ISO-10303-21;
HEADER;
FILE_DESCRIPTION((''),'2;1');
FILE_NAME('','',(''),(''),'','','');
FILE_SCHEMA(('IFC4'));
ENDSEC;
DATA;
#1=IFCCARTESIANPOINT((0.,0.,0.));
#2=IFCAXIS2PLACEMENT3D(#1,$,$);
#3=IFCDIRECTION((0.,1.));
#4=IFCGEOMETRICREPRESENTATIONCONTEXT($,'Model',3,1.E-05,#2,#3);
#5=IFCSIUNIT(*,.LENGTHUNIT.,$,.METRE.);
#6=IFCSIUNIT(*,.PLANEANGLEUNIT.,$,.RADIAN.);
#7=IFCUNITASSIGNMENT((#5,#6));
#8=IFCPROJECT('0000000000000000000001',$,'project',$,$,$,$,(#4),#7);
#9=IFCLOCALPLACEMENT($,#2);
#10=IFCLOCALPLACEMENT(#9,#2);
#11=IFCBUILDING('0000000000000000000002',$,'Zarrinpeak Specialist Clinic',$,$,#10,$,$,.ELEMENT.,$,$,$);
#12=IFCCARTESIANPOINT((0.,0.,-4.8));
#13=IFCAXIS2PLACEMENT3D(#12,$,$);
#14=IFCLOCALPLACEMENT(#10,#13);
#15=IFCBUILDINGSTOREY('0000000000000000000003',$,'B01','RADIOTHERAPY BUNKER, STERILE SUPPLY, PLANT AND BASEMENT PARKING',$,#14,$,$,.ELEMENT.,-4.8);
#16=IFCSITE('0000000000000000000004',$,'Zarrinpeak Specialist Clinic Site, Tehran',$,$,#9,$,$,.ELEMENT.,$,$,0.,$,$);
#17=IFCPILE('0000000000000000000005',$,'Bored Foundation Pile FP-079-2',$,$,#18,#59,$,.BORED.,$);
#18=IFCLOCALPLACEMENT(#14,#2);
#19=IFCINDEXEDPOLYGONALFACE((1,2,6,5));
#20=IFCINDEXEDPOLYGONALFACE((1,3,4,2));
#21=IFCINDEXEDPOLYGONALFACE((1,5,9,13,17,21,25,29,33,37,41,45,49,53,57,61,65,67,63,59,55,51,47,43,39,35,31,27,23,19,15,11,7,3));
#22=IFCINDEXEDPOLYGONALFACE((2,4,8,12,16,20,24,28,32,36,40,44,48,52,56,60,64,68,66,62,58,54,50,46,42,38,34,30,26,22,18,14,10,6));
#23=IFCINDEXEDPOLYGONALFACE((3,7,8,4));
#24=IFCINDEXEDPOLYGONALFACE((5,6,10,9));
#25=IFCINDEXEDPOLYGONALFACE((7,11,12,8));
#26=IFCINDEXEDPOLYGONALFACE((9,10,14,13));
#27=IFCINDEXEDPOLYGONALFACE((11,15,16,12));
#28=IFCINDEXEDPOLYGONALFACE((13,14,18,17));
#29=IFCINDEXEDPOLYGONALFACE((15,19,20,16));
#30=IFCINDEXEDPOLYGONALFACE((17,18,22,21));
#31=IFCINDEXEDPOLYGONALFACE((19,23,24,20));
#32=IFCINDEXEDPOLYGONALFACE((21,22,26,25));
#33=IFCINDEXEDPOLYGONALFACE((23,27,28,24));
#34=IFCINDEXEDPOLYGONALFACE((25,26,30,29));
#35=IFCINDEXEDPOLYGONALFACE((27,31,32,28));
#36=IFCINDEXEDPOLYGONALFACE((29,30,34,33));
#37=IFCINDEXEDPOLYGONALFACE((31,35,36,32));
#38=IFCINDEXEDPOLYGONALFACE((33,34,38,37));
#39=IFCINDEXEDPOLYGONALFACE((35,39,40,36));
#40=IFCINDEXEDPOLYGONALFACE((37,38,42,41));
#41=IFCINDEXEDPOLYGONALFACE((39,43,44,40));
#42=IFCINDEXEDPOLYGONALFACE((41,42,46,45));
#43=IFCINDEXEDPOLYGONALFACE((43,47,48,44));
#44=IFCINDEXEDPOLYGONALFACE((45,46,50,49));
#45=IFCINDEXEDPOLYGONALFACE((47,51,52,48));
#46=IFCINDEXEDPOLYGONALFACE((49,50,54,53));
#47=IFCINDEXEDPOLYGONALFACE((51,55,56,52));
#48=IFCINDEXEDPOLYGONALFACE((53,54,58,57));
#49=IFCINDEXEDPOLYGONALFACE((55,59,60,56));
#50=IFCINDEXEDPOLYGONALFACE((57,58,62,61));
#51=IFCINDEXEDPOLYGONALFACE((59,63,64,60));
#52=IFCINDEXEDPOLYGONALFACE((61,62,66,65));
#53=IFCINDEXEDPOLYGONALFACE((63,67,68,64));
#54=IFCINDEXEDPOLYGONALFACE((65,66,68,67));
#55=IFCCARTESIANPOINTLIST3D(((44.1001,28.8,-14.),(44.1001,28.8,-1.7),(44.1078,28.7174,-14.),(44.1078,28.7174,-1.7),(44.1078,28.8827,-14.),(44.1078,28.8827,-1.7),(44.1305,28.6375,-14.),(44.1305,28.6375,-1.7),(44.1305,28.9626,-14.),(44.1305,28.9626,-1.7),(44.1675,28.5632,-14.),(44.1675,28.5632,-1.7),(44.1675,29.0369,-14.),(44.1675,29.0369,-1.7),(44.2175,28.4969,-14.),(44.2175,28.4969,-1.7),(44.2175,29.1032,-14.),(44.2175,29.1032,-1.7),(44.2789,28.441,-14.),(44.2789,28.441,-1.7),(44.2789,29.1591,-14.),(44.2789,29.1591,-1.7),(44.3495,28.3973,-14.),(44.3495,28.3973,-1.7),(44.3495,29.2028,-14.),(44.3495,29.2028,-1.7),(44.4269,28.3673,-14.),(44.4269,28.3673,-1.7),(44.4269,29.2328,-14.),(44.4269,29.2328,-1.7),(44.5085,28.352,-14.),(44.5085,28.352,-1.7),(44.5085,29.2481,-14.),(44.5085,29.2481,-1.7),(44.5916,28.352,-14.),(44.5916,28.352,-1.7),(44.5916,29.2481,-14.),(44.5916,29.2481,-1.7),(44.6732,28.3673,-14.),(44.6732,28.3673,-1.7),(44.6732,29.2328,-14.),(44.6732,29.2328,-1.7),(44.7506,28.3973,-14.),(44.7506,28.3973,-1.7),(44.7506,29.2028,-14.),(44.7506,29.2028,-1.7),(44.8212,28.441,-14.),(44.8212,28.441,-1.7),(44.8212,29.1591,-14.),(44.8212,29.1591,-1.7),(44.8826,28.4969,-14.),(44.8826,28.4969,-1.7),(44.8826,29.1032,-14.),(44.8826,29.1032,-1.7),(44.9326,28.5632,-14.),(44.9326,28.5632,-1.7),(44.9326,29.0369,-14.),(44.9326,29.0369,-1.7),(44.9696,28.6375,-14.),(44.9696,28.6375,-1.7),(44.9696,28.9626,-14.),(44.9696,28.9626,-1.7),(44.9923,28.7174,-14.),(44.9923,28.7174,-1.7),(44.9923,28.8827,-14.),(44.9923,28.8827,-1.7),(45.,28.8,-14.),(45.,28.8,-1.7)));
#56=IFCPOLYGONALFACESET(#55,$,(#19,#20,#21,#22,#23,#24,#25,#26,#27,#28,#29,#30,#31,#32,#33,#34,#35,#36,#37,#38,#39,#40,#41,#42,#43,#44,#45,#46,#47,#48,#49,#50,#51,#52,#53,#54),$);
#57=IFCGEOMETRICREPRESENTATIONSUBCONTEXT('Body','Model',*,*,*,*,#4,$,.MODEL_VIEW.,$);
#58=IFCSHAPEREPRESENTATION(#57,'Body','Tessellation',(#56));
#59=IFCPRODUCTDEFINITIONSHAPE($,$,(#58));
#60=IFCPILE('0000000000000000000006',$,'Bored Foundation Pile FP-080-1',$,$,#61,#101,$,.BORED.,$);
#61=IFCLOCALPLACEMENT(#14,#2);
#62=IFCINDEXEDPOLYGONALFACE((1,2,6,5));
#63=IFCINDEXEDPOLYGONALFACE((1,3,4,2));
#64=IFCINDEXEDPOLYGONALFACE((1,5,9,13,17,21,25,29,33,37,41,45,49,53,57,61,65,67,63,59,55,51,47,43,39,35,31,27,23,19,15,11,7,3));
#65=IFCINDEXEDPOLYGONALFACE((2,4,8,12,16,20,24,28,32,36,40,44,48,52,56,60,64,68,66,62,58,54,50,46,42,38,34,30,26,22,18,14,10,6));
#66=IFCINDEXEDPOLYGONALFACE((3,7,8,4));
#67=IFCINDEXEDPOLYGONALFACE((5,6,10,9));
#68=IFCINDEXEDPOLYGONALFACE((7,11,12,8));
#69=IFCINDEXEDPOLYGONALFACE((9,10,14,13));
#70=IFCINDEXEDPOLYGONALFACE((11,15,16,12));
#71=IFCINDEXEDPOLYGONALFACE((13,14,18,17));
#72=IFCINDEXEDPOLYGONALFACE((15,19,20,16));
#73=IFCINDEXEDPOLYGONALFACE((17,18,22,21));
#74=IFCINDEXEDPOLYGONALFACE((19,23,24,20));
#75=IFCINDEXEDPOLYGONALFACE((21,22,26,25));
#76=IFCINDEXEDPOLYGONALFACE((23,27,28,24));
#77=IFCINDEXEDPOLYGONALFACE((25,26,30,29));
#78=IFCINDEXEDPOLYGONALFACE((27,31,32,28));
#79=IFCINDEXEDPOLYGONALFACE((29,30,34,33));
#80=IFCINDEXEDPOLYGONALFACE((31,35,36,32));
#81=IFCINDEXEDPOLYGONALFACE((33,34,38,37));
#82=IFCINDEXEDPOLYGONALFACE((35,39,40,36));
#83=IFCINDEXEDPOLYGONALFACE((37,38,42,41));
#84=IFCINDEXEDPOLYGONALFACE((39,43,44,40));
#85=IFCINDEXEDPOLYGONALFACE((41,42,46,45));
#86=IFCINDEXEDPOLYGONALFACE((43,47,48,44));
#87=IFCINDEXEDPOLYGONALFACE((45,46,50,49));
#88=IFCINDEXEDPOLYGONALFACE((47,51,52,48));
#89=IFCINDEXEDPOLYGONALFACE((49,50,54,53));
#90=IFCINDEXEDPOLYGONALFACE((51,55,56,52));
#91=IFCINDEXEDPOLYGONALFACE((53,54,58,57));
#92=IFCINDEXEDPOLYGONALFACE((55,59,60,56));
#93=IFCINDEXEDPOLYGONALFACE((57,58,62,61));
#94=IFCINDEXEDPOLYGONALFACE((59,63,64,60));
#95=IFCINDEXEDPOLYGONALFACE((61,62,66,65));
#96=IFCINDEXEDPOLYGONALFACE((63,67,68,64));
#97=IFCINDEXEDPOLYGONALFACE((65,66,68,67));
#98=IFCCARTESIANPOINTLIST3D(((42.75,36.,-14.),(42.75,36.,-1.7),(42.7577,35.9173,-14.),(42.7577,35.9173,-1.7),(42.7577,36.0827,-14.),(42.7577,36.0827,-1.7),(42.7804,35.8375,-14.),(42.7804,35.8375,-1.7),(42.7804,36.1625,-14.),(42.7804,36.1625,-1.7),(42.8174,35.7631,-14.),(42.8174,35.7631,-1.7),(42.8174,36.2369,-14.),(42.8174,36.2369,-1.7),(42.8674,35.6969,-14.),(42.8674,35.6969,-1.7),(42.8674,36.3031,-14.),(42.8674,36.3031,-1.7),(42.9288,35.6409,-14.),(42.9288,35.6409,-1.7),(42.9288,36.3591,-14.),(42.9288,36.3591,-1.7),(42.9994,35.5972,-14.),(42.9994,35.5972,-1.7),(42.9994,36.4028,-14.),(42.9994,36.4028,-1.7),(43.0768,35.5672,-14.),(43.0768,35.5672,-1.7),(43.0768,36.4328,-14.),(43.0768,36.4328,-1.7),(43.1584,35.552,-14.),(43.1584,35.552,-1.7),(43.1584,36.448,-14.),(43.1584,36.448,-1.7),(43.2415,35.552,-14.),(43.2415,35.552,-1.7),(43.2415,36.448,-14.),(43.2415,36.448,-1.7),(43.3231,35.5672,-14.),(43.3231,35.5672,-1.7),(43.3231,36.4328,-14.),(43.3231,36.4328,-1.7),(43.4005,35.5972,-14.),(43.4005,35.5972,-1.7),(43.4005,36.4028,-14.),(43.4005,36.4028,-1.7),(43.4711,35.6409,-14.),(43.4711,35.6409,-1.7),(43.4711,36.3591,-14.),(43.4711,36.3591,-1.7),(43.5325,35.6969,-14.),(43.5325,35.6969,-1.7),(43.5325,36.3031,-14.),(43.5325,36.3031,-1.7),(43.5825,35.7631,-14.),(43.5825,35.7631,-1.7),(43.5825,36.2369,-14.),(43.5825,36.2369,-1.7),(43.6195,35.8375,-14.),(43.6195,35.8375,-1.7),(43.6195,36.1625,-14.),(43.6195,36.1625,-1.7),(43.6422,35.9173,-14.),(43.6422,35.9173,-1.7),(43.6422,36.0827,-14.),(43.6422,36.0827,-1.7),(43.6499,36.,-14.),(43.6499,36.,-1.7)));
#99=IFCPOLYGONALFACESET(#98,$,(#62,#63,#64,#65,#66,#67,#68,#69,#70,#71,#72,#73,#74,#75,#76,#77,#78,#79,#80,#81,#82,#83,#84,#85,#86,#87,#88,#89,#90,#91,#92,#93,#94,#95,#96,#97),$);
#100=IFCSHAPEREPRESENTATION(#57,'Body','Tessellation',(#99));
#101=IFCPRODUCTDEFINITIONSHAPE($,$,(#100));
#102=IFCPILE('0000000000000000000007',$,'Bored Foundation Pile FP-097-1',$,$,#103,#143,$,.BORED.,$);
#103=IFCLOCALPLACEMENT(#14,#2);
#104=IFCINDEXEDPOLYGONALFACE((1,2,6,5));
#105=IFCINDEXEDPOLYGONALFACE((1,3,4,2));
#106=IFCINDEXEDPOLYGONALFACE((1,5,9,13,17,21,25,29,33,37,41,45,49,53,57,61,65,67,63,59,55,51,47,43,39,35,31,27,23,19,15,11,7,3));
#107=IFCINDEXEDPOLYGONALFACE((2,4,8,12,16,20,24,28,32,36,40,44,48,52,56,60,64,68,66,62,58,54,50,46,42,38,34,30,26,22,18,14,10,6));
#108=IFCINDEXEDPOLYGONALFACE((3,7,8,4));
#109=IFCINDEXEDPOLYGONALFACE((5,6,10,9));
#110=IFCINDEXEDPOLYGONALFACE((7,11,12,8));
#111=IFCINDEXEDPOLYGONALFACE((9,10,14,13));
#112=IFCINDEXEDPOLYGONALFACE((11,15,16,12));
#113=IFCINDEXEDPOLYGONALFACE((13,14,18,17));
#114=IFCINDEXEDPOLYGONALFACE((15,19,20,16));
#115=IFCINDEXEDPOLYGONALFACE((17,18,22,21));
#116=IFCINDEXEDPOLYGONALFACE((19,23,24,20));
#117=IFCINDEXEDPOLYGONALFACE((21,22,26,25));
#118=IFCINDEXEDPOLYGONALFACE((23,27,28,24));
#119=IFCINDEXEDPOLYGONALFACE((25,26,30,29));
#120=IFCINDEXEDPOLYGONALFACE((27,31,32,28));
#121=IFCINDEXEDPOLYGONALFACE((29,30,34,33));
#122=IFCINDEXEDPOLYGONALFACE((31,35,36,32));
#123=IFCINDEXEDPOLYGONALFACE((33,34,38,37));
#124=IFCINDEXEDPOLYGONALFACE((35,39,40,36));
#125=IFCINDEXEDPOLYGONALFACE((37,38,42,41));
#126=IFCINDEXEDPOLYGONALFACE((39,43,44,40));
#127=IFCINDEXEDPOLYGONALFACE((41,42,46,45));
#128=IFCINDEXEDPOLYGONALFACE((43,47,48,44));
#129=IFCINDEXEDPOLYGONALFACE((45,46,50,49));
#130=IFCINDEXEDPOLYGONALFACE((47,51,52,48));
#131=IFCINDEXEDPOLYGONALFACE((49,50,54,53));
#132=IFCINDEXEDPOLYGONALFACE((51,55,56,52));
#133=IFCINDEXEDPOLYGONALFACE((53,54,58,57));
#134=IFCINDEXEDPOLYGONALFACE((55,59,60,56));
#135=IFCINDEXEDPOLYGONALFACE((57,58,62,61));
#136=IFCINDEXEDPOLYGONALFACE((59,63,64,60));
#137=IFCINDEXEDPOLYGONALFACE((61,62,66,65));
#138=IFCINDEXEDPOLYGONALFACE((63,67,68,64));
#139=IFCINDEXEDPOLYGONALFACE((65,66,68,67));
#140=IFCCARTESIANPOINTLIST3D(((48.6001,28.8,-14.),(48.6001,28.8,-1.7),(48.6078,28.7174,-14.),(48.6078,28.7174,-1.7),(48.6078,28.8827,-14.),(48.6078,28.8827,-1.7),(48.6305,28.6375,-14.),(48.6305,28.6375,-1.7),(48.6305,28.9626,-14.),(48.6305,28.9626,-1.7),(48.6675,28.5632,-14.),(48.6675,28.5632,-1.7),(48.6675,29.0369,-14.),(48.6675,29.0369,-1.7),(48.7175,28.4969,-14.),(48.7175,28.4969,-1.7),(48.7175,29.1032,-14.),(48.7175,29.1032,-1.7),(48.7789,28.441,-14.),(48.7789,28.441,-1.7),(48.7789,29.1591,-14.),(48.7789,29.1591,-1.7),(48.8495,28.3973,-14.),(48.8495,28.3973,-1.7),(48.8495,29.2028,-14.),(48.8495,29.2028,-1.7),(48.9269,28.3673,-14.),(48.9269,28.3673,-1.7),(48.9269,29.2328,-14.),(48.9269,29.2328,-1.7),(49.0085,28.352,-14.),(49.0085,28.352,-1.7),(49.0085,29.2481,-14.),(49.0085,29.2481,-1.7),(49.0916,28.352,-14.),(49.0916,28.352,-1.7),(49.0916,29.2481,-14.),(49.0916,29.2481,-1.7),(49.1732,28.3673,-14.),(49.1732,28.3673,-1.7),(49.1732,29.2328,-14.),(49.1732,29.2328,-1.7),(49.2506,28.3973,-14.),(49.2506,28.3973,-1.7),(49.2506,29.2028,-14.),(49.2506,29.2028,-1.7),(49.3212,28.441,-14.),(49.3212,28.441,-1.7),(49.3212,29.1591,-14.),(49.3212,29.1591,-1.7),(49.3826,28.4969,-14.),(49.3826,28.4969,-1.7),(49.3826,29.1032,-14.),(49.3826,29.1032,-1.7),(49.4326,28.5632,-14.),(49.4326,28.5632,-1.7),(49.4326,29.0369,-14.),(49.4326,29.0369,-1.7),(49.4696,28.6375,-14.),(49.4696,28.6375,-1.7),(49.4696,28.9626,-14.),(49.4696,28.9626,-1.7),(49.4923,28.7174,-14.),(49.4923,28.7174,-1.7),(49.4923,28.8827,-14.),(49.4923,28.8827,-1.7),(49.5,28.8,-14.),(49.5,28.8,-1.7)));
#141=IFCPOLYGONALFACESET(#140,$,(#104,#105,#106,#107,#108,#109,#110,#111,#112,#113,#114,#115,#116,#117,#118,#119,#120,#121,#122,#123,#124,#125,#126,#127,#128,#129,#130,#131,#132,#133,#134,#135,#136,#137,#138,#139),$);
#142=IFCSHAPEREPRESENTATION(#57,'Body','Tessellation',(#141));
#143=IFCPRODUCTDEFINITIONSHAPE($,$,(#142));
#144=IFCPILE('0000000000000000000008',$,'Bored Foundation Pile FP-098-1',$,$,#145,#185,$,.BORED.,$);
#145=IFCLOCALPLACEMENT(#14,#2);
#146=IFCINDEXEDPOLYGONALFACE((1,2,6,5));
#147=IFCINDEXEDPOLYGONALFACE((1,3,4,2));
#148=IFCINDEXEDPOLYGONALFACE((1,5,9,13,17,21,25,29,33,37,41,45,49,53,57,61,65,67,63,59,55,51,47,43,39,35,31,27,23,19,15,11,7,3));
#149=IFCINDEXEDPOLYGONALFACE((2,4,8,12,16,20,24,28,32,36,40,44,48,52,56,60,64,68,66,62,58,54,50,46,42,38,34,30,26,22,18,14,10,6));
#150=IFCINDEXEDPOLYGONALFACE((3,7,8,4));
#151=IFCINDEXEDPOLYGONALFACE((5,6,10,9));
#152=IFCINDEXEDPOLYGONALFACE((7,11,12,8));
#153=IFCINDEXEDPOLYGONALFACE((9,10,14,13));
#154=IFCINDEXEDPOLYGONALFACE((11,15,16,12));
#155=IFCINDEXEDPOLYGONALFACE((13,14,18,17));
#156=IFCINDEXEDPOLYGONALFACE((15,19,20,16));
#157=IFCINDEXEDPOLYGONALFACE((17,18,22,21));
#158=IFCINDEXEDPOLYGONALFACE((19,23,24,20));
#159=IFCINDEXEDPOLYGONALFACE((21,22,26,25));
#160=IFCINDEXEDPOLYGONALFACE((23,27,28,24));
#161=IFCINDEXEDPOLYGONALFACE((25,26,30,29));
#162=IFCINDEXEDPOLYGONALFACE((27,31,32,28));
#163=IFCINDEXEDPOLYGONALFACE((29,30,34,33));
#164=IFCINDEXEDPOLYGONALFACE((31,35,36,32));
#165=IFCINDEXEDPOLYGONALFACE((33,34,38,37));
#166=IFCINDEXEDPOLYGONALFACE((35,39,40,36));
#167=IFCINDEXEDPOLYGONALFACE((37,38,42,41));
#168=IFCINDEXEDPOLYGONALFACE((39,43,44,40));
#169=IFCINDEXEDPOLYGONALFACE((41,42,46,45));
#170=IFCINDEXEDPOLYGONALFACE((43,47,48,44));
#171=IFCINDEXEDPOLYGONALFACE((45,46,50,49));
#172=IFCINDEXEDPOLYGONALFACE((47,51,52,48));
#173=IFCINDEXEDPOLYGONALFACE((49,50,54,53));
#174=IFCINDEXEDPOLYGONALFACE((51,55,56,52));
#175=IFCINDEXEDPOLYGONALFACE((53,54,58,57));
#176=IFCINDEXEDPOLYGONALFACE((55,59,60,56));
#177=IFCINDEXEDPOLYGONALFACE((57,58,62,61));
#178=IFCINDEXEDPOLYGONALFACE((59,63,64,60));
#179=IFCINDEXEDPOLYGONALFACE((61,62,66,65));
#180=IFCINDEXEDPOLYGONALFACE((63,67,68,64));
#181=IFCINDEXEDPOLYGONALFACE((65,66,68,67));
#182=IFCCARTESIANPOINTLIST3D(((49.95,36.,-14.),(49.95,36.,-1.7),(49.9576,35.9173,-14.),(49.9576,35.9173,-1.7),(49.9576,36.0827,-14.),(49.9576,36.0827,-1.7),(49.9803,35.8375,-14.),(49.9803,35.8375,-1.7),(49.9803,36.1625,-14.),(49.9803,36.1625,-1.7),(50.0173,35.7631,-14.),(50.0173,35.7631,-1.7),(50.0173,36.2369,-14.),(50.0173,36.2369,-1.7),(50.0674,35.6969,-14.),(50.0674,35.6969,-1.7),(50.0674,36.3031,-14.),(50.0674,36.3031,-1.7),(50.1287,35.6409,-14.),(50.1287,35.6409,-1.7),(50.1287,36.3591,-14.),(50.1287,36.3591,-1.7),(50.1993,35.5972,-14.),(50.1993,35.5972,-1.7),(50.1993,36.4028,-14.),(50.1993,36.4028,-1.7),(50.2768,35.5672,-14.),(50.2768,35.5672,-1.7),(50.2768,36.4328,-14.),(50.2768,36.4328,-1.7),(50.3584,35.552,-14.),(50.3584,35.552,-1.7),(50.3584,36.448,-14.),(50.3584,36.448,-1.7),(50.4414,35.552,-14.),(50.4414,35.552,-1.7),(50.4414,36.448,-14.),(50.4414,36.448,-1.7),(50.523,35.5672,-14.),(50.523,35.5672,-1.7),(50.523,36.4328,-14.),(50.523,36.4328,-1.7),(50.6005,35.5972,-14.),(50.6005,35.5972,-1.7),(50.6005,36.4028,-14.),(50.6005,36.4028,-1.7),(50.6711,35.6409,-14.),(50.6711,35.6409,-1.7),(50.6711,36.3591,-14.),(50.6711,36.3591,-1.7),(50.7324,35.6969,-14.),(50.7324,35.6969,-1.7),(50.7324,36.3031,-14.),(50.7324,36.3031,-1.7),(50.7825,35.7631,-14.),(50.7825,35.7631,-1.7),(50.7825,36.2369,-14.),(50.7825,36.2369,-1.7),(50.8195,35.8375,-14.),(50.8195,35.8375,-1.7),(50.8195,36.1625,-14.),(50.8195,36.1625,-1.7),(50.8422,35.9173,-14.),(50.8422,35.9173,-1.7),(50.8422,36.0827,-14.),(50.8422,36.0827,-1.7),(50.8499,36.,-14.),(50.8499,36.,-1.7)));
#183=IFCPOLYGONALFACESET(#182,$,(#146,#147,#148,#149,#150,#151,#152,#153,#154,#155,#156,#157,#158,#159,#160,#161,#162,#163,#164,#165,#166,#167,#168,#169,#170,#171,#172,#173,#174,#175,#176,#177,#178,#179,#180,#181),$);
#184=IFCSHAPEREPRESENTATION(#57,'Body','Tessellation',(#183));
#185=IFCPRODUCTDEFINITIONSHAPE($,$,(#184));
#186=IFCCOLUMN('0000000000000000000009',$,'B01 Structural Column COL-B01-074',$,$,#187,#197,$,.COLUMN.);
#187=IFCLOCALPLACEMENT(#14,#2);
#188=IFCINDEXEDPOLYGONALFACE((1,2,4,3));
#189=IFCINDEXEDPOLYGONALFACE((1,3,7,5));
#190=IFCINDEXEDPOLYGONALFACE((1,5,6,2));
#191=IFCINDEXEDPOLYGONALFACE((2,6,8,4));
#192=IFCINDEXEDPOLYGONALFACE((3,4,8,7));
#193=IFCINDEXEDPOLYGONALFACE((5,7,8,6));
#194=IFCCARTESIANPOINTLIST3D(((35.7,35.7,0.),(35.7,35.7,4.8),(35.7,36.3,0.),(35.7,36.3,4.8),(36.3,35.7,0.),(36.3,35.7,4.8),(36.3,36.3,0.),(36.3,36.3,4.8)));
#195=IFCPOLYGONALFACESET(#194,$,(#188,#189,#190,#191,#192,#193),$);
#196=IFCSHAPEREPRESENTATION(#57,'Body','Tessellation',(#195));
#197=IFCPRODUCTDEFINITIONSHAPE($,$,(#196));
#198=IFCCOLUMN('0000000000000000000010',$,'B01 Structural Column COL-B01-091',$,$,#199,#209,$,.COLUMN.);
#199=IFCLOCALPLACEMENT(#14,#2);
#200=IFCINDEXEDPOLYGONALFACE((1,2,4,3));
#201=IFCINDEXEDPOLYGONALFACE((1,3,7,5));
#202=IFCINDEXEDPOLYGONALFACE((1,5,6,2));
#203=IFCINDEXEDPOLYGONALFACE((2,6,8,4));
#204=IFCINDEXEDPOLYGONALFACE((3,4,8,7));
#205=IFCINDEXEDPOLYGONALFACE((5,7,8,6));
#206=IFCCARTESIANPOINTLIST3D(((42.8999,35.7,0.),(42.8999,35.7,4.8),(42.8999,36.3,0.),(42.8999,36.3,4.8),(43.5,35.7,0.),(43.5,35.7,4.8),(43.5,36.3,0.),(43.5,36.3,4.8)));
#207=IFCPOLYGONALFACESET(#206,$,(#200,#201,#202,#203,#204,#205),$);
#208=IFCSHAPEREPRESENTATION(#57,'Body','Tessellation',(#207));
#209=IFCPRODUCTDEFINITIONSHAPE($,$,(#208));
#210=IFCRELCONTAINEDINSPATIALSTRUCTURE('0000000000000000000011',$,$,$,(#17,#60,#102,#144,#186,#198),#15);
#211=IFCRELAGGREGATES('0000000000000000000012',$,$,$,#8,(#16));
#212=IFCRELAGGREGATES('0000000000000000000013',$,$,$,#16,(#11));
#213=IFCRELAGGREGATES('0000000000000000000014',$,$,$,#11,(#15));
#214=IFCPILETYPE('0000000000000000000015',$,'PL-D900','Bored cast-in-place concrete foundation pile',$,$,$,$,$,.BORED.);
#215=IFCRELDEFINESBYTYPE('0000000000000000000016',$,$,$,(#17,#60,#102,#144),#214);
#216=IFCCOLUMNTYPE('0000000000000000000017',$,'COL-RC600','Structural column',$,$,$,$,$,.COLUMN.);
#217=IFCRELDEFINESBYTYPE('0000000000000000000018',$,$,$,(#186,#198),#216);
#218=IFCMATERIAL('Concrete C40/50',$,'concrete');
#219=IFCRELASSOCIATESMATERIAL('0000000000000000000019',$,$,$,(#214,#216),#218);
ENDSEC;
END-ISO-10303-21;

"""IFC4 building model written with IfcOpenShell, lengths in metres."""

from ifc_helpers import new_model, si_unit, direction, frame, origin, origin_2d, place, context, subcontext, project, spatial, rectangle, circle, extrude, material, material_profile, profile_set, type_object, element, save


model = new_model("IFC4")

# Units and contexts
model_context = context("Model", 3, precision=1e-05, world=origin(), true_north=direction((0.0, 1.0)))
body_context = subcontext(model_context, "Body", "Model", "MODEL_VIEW")
ifc_project = project(units=[si_unit("LENGTHUNIT", "METRE"), si_unit("PLANEANGLEUNIT", "RADIAN")], contexts=[model_context])

# Site, building, storey
site_placement = place(None, origin())
site = spatial("IfcSite", under=ifc_project, at=site_placement, Name="Zarrinpeak Specialist Clinic Site, Tehran", CompositionType="ELEMENT", RefElevation=0.0)
building_placement = place(site_placement, origin())
building = spatial("IfcBuilding", under=site, at=building_placement, Name="Zarrinpeak Specialist Clinic", CompositionType="ELEMENT")
storey_placement = place(building_placement, frame((0.0, 0.0, -4.8)))
storey = spatial("IfcBuildingStorey", under=building, at=storey_placement, Name="B01", Description="RADIOTHERAPY BUNKER, STERILE SUPPLY, PLANT AND BASEMENT PARKING", CompositionType="ELEMENT", Elevation=-4.8)

# Shared definitions
ifc_material_1 = material(Name="Concrete C40/50", Category="concrete")

# Piles
ifc_material_profile_1 = material_profile(ifc_material_1, circle(Radius=0.45, at=origin_2d()), Name="BORED PILE D900")
ifc_profile_set_1 = profile_set([ifc_material_profile_1], Name="Concrete C40/50")
pile_type = type_object("IfcPileType", Name="PL-D900", Description="Bored cast-in-place concrete foundation pile", PredefinedType="BORED", material=ifc_profile_set_1)
for number, where, z_axis, x_axis, name in (
    (1, (44.55, 28.8, -1.7), (0.0, 0.0, -1.0), (1.0, 0.0, 0.0), "Bored Foundation Pile FP-079-2"),
    (2, (43.2, 36.0, -1.7), (0.0, 0.0, -1.0), (1.0, 0.0, 0.0), "Bored Foundation Pile FP-080-1"),
    (3, (49.05, 28.8, -1.7), (0.0, 0.0, -1.0), (1.0, 0.0, 0.0), "Bored Foundation Pile FP-097-1"),
    (4, (50.3999, 36.0, -1.7), (0.0, 0.0, -1.0), (1.0, 0.0, 0.0), "Bored Foundation Pile FP-098-1"),
):
    element("IfcPile", number, at=place(storey_placement, frame(where, z_axis=z_axis, x_axis=x_axis)), inside=storey, type_object=pile_type, Name=name, PredefinedType="BORED", context=body_context, shape_type="SweptSolid", body=[
        extrude(circle(Radius=0.45, at=origin_2d()), origin(), (0.0, 0.0, 1.0), 12.3),
    ])

# Columns
ifc_material_profile_2 = material_profile(ifc_material_1, rectangle(XDim=0.6001, YDim=0.6001, at=origin_2d()), Name="RC 600x600")
ifc_profile_set_2 = profile_set([ifc_material_profile_2], Name="Concrete C40/50")
column_type_1 = type_object("IfcColumnType", Name="COL-RC600", Description="Structural column", PredefinedType="COLUMN", material=ifc_profile_set_2)
for number, where, z_axis, x_axis, name in (
    (5, (36.0, 36.0, 0.0), (0.0, 0.0, 1.0), (1.0, 0.0, 0.0), "B01 Structural Column COL-B01-074"),
    (6, (43.2, 36.0, 0.0), (0.0, 0.0, 1.0), (1.0, 0.0, 0.0), "B01 Structural Column COL-B01-091"),
):
    element("IfcColumn", number, at=place(storey_placement, frame(where, z_axis=z_axis, x_axis=x_axis)), inside=storey, type_object=column_type_1, Name=name, PredefinedType="COLUMN", context=body_context, shape_type="SweptSolid", body=[
        extrude(rectangle(XDim=0.6001, YDim=0.6001, at=origin_2d()), origin(), (0.0, 0.0, 1.0), 4.8),
    ])

save(model, "model.ifc")
